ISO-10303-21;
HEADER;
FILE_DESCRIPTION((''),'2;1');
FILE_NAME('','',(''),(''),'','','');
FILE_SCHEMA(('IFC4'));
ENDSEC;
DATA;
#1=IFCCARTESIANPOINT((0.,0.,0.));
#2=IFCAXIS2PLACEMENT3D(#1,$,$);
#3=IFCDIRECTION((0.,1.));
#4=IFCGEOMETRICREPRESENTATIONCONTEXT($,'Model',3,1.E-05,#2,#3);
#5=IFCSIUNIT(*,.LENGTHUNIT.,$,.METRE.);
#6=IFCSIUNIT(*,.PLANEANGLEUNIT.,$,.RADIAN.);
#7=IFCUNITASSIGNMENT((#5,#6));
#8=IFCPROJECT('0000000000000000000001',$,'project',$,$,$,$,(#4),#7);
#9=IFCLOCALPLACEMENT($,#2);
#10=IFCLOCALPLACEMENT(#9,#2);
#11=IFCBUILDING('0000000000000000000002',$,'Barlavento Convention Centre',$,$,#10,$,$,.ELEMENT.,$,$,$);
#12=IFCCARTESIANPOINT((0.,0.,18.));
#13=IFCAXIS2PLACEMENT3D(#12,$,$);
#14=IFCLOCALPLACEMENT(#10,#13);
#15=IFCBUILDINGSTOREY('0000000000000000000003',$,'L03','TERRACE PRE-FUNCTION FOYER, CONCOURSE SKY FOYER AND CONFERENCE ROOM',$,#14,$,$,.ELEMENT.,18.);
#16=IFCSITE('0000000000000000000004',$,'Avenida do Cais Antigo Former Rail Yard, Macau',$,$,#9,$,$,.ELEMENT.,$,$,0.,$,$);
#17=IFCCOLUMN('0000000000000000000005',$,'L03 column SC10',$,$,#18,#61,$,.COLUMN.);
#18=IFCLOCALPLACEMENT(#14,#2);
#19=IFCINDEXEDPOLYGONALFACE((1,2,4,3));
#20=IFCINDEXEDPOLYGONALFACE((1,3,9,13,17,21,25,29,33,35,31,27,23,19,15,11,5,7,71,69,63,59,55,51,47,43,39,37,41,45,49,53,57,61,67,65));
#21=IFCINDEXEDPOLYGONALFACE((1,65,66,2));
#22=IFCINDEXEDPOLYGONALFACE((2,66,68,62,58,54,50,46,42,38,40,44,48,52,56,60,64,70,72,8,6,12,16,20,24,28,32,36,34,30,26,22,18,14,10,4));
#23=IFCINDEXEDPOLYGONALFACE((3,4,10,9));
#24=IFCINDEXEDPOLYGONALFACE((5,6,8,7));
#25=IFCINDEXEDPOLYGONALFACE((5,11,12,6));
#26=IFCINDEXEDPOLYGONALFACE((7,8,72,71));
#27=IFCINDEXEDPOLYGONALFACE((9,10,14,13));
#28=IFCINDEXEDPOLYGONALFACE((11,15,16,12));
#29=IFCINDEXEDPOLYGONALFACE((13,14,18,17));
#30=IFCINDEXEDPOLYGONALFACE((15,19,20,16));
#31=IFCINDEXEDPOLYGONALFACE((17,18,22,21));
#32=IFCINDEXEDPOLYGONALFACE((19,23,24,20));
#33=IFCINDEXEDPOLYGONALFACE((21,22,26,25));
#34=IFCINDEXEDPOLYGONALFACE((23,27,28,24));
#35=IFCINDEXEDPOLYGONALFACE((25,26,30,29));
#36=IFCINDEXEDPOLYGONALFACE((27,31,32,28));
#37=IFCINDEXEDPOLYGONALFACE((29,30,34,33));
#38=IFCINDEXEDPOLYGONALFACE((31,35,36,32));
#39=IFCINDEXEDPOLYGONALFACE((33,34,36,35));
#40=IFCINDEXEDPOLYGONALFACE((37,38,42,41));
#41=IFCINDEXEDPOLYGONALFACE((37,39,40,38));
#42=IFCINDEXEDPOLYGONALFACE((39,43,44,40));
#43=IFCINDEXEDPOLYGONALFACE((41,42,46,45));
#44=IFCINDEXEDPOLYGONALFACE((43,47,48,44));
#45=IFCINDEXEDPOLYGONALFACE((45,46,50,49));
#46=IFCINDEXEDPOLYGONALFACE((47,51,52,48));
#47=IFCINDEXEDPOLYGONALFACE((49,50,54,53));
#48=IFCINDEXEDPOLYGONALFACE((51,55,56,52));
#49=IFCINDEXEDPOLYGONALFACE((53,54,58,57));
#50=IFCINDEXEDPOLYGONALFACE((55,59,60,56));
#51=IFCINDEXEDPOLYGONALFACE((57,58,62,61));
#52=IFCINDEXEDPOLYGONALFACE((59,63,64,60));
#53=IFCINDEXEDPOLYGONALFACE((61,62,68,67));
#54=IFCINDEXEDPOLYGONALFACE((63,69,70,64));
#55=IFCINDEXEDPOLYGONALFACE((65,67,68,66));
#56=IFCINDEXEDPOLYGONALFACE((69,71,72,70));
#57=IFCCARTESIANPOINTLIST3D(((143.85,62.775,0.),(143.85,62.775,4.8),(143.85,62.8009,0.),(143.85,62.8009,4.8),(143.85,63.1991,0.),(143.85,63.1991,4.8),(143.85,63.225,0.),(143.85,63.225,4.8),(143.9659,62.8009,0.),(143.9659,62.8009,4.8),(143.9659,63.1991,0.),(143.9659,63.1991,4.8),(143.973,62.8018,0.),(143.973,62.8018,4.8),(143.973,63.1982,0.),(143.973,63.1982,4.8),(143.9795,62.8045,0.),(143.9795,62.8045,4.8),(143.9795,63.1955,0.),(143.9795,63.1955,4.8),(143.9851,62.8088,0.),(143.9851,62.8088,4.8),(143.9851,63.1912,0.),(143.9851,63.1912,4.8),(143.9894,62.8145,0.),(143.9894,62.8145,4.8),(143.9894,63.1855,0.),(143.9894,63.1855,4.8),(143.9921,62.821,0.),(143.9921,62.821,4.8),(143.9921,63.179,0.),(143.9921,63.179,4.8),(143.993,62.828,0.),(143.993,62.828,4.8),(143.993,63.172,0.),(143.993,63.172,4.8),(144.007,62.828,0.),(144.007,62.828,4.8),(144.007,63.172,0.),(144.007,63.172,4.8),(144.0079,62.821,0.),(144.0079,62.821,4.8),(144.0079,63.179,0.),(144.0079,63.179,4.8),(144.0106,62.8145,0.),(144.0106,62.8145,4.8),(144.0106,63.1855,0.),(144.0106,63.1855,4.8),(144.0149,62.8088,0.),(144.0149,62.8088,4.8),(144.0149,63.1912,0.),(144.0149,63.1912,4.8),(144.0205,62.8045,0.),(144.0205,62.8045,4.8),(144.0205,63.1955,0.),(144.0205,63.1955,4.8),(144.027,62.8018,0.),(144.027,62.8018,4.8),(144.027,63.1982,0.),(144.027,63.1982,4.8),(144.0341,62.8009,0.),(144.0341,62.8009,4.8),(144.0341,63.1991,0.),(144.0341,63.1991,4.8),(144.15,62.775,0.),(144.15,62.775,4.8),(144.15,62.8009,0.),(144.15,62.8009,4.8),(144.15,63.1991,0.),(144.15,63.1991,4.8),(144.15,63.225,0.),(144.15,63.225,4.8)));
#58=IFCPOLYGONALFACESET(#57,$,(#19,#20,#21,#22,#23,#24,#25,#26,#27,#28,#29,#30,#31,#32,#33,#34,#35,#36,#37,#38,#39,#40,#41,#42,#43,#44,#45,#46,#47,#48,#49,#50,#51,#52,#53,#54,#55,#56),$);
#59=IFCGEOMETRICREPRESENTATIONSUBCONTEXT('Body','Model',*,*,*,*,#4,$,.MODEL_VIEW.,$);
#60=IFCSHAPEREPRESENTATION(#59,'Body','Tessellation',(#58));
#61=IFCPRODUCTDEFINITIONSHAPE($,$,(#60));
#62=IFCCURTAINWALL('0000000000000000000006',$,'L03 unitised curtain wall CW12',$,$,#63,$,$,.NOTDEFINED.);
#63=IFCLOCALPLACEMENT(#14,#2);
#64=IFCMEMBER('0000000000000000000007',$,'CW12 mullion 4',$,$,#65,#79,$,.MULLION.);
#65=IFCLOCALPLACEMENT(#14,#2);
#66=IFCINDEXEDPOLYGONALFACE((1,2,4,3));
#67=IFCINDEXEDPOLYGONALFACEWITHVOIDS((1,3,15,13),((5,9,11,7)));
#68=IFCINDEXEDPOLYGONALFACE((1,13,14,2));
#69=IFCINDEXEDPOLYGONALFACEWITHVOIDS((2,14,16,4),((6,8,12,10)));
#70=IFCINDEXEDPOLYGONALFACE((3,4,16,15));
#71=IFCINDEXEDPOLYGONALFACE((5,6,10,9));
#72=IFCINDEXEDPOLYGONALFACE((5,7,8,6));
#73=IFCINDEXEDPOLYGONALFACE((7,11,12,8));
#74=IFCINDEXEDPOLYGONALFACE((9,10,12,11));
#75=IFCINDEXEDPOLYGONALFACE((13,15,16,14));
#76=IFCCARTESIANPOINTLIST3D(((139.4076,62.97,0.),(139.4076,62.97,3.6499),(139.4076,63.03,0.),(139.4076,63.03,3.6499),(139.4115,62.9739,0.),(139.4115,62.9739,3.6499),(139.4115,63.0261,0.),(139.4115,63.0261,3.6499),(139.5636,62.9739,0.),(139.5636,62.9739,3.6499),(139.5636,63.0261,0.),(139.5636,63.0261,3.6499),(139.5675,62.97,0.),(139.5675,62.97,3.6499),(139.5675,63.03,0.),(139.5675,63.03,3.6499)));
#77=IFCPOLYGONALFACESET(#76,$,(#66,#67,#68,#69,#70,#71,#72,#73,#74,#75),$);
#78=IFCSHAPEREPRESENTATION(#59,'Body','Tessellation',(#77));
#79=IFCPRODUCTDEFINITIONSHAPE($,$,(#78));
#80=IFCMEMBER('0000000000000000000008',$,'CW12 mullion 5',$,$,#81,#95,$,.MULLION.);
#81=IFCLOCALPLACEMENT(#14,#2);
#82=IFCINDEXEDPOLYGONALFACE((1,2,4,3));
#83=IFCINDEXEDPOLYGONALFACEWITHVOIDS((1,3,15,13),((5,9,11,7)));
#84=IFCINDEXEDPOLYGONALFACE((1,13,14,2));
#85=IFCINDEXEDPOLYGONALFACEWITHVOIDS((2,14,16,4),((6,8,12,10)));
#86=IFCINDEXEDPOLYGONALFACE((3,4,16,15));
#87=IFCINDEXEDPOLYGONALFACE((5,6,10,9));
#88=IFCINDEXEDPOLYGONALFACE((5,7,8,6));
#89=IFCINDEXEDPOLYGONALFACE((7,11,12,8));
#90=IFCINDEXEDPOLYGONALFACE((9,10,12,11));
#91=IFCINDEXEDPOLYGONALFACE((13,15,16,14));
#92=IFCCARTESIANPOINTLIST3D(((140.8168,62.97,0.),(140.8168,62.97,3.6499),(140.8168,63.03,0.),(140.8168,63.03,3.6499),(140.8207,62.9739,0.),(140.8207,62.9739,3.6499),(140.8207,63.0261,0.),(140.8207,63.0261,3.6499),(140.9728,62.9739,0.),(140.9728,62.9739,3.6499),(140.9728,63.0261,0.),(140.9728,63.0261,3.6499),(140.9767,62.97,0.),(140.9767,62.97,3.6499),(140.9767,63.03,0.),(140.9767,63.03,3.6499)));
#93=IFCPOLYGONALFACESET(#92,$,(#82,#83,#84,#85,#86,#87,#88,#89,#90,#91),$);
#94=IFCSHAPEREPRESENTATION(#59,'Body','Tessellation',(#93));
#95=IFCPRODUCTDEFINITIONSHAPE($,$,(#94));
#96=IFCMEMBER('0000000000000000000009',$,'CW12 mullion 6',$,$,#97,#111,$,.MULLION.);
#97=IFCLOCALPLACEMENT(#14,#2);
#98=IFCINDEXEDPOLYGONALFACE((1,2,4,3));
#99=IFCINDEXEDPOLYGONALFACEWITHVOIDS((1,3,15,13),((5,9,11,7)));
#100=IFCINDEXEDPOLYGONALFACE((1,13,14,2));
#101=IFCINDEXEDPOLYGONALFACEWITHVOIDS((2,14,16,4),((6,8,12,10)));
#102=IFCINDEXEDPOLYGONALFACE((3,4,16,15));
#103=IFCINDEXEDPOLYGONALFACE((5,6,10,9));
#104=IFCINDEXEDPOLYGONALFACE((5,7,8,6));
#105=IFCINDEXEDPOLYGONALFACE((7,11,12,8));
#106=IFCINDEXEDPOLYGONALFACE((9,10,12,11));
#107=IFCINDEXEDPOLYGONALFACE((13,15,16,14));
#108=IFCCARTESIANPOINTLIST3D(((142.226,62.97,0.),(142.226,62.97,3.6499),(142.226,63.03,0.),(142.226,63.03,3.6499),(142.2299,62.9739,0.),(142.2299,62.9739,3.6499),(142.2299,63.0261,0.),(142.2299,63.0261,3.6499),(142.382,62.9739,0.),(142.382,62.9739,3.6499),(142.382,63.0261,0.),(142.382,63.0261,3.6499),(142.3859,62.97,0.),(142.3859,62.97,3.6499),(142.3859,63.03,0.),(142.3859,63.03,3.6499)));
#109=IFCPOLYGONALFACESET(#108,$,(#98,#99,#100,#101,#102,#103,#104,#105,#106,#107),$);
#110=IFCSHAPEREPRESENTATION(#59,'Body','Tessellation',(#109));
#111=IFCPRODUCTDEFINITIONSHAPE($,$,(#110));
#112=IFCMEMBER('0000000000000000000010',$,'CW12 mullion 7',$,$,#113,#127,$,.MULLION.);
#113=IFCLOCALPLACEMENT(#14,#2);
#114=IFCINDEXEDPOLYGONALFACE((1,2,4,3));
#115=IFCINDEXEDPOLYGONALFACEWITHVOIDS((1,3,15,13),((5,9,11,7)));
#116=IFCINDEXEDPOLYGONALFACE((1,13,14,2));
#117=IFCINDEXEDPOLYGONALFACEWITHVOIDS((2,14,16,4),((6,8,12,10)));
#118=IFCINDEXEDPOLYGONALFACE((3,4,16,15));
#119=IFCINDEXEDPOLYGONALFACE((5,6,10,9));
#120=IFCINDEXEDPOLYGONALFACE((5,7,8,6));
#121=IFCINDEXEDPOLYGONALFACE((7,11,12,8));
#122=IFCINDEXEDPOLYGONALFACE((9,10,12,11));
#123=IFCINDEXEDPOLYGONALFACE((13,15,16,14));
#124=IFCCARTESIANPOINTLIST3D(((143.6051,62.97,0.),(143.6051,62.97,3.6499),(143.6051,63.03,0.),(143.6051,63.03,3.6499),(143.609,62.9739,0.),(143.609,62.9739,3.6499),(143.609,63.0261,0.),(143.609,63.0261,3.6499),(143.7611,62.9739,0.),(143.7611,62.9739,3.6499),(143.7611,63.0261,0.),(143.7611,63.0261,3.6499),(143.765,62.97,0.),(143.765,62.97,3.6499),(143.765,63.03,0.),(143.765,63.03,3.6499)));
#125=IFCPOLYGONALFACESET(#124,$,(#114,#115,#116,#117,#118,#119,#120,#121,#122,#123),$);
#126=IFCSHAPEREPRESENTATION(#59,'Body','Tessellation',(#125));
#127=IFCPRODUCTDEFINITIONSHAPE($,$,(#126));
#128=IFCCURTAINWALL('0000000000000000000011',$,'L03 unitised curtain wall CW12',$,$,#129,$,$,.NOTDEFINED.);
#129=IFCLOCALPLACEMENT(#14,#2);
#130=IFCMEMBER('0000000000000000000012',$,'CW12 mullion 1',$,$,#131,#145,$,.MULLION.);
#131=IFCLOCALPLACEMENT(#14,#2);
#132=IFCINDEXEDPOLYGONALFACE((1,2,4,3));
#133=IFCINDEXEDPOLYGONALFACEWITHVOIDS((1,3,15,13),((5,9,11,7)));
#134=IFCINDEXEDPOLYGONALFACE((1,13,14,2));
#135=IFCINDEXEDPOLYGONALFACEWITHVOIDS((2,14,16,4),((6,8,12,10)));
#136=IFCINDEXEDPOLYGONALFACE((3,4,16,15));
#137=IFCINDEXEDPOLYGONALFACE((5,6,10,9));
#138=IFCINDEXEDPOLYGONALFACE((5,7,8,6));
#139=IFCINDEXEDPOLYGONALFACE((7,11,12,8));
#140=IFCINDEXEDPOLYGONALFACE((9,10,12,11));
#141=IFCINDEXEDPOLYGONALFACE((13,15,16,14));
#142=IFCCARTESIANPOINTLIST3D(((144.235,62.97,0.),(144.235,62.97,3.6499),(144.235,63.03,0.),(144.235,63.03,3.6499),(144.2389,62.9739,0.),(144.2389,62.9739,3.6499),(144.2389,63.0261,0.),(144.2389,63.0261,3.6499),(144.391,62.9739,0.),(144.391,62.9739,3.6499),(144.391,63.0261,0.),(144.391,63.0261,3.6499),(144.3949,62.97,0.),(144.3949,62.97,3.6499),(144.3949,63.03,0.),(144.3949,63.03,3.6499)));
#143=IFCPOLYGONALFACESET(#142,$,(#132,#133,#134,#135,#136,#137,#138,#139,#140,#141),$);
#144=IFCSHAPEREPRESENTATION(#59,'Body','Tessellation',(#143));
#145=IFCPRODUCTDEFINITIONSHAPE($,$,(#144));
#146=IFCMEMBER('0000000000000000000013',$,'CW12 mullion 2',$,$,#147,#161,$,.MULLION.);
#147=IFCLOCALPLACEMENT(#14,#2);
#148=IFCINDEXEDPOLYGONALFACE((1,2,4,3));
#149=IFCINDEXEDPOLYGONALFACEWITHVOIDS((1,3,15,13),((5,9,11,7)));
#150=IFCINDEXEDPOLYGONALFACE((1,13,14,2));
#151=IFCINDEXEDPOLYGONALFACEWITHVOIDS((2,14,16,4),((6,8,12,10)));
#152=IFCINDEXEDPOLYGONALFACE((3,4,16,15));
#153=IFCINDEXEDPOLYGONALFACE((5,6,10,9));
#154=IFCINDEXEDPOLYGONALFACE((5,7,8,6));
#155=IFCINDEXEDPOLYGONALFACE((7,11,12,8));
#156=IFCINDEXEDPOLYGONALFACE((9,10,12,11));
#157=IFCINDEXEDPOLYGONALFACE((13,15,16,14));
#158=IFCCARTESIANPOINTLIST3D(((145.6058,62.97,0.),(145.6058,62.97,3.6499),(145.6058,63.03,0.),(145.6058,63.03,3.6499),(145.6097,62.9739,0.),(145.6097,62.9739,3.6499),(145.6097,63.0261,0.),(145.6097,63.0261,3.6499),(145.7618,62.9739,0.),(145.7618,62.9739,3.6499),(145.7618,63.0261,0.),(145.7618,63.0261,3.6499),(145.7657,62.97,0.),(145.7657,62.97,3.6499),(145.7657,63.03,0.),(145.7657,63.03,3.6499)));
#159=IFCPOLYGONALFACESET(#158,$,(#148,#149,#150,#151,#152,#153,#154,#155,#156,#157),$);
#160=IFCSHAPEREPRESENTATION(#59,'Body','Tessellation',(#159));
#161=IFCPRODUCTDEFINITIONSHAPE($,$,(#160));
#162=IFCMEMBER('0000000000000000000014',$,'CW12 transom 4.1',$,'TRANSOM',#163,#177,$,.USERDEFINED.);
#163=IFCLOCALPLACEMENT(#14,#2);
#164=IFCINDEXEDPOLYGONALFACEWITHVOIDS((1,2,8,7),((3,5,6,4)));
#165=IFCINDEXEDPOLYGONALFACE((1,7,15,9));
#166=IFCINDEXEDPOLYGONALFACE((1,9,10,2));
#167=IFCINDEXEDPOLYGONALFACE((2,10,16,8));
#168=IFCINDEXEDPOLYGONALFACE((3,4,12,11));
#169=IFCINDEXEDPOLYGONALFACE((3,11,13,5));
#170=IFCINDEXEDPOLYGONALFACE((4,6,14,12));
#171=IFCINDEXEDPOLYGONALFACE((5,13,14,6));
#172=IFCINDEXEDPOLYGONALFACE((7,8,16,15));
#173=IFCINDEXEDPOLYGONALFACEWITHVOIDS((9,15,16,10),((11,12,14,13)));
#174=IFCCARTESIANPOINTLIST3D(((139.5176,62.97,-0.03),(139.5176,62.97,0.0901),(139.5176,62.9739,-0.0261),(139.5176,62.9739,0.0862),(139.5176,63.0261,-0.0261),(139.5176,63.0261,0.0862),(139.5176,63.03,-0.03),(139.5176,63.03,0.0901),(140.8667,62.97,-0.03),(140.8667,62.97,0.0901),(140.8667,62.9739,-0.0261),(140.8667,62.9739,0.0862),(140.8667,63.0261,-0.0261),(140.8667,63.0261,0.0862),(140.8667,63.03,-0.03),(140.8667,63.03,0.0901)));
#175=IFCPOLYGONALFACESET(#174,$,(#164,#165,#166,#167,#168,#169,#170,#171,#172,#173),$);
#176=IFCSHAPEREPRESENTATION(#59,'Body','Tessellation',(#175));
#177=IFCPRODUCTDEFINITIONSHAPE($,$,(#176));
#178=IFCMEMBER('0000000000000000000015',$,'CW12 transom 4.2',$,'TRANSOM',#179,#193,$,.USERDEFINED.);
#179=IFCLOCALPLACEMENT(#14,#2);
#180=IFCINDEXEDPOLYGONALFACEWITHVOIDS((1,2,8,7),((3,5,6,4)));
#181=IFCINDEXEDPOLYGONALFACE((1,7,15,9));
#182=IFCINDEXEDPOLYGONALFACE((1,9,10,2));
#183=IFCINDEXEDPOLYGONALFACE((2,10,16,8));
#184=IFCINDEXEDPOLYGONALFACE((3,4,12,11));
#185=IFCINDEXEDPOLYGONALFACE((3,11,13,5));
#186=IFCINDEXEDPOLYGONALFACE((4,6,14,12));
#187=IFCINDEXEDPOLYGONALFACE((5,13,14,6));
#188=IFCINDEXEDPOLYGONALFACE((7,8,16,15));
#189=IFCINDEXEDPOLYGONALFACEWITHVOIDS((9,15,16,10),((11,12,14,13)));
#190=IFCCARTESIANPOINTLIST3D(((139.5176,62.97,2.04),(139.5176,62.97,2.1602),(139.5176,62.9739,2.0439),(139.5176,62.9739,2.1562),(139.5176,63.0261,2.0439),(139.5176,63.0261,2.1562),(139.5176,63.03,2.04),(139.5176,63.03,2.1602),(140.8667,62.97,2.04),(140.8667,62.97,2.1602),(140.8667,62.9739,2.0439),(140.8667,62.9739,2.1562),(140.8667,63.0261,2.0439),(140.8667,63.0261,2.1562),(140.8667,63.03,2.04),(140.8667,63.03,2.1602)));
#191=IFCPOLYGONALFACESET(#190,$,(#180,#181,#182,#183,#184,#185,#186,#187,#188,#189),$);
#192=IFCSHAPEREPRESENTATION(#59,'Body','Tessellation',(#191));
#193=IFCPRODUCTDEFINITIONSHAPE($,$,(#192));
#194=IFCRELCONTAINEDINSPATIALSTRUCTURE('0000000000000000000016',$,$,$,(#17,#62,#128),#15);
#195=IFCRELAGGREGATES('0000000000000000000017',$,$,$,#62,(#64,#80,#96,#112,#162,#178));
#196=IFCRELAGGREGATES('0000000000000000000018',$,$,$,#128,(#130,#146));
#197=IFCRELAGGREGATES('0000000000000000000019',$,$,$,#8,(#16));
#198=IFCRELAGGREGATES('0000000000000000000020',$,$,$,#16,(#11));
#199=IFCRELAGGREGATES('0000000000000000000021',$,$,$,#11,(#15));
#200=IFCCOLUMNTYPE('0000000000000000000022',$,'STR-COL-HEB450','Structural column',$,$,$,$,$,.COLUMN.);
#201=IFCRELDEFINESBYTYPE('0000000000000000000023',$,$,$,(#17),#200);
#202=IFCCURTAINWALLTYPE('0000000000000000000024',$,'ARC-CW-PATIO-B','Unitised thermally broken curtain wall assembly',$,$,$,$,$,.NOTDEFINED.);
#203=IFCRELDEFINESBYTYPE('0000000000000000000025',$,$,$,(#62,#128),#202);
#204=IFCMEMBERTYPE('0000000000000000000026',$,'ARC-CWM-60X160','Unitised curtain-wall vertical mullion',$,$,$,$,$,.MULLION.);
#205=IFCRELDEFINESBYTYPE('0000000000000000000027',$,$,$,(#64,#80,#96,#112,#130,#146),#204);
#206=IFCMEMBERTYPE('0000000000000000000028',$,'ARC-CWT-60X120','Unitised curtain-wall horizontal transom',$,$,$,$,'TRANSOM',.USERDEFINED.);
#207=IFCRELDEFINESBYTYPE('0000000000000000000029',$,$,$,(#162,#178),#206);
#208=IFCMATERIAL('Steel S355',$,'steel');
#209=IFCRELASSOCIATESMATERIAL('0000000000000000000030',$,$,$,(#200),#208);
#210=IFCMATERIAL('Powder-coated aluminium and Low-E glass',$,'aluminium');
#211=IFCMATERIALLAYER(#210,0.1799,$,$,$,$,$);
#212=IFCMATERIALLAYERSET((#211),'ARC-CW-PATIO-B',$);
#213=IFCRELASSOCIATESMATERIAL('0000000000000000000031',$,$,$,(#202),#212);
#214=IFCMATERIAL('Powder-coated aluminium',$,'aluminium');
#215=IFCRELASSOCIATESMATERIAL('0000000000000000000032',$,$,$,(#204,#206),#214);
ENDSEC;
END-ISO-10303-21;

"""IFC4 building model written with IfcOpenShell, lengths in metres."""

from ifc_helpers import new_model, si_unit, direction, frame, origin, origin_2d, place, context, subcontext, project, spatial, hollow_rectangle, i_section, extrude, material, layer, layer_set, material_profile, profile_set, type_object, element, aggregate, save


model = new_model("IFC4")

# Units and contexts
model_context = context("Model", 3, precision=1e-05, world=origin(), true_north=direction((0.0, 1.0)))
body_context = subcontext(model_context, "Body", "Model", "MODEL_VIEW")
ifc_project = project(units=[si_unit("LENGTHUNIT", "METRE"), si_unit("PLANEANGLEUNIT", "RADIAN")], contexts=[model_context])

# Site, building, storey
site_placement = place(None, origin())
site = spatial("IfcSite", under=ifc_project, at=site_placement, Name="Avenida do Cais Antigo Former Rail Yard, Macau", CompositionType="ELEMENT", RefElevation=0.0)
building_placement = place(site_placement, origin())
building = spatial("IfcBuilding", under=site, at=building_placement, Name="Barlavento Convention Centre", CompositionType="ELEMENT")
storey_placement = place(building_placement, frame((0.0, 0.0, 18.0)))
storey = spatial("IfcBuildingStorey", under=building, at=storey_placement, Name="L03", Description="TERRACE PRE-FUNCTION FOYER, CONCOURSE SKY FOYER AND CONFERENCE ROOM", CompositionType="ELEMENT", Elevation=18.0)

# Column
ifc_material_1 = material(Name="Steel S355", Category="steel")
ifc_material_profile_1 = material_profile(ifc_material_1, i_section(OverallWidth=0.3, OverallDepth=0.45, WebThickness=0.0139, FlangeThickness=0.0259, FilletRadius=0.0271, at=origin_2d()), Name="HEB 450")
ifc_profile_set_1 = profile_set([ifc_material_profile_1], Name="Steel S355")
column_type = type_object("IfcColumnType", Name="STR-COL-HEB450", Description="Structural column", PredefinedType="COLUMN", material=ifc_profile_set_1)
column_placement = place(storey_placement, frame((144.0, 63.0, 0.0), z_axis=(0.0, 0.0, 1.0), x_axis=(1.0, 0.0, 0.0)))
element("IfcColumn", 1, at=column_placement, inside=storey, type_object=column_type, Name="L03 column SC10", PredefinedType="COLUMN", context=body_context, shape_type="SweptSolid", body=[
    extrude(i_section(OverallWidth=0.3, OverallDepth=0.45, WebThickness=0.0139, FlangeThickness=0.0259, FilletRadius=0.0271, at=origin_2d()), origin(), (0.0, 0.0, 1.0), 4.8),
])

# Curtain walls, members
ifc_material_2 = material(Name="Powder-coated aluminium and Low-E glass", Category="aluminium")
ifc_layer_1 = layer(ifc_material_2, 0.1799)
ifc_layer_set_1 = layer_set([ifc_layer_1], Name="ARC-CW-PATIO-B")
curtain_wall_type = type_object("IfcCurtainWallType", Name="ARC-CW-PATIO-B", Description="Unitised thermally broken curtain wall assembly", PredefinedType="NOTDEFINED", material=ifc_layer_set_1)
curtain_wall_1_placement = place(storey_placement, origin())
curtain_wall_1 = element("IfcCurtainWall", 2, at=curtain_wall_1_placement, inside=storey, type_object=curtain_wall_type, Name="L03 unitised curtain wall CW12", PredefinedType="NOTDEFINED")
ifc_material_3 = material(Name="Powder-coated aluminium", Category="aluminium")
ifc_material_profile_2 = material_profile(ifc_material_3, hollow_rectangle(XDim=0.0601, YDim=0.1599, WallThickness=0.0039, at=origin_2d()), Name="AL-MULL 60x160x4")
ifc_profile_set_2 = profile_set([ifc_material_profile_2], Name="Powder-coated aluminium")
member_type_1 = type_object("IfcMemberType", Name="ARC-CWM-60X160", Description="Unitised curtain-wall vertical mullion", PredefinedType="MULLION", material=ifc_profile_set_2)
member_1_placement = place(storey_placement, frame((139.4875, 63.0, 0.0), z_axis=(0.0, 0.0, 1.0), x_axis=(0.0, 1.0, 0.0)))
member_1 = element("IfcMember", 3, at=member_1_placement, type_object=member_type_1, Name="CW12 mullion 4", PredefinedType="MULLION", context=body_context, shape_type="SweptSolid", body=[
    extrude(hollow_rectangle(XDim=0.0601, YDim=0.1599, WallThickness=0.0039, at=origin_2d()), origin(), (0.0, 0.0, 1.0), 3.6499),
])
member_2_placement = place(storey_placement, frame((140.8967, 63.0, 0.0), z_axis=(0.0, 0.0, 1.0), x_axis=(0.0, 1.0, 0.0)))
member_2 = element("IfcMember", 4, at=member_2_placement, type_object=member_type_1, Name="CW12 mullion 5", PredefinedType="MULLION", context=body_context, shape_type="SweptSolid", body=[
    extrude(hollow_rectangle(XDim=0.0601, YDim=0.1599, WallThickness=0.0039, at=origin_2d()), origin(), (0.0, 0.0, 1.0), 3.6499),
])
member_3_placement = place(storey_placement, frame((142.3059, 63.0, 0.0), z_axis=(0.0, 0.0, 1.0), x_axis=(0.0, 1.0, 0.0)))
member_3 = element("IfcMember", 5, at=member_3_placement, type_object=member_type_1, Name="CW12 mullion 6", PredefinedType="MULLION", context=body_context, shape_type="SweptSolid", body=[
    extrude(hollow_rectangle(XDim=0.0601, YDim=0.1599, WallThickness=0.0039, at=origin_2d()), origin(), (0.0, 0.0, 1.0), 3.6499),
])
member_4_placement = place(storey_placement, frame((143.6851, 63.0, 0.0), z_axis=(0.0, 0.0, 1.0), x_axis=(0.0, 1.0, 0.0)))
member_4 = element("IfcMember", 6, at=member_4_placement, type_object=member_type_1, Name="CW12 mullion 7", PredefinedType="MULLION", context=body_context, shape_type="SweptSolid", body=[
    extrude(hollow_rectangle(XDim=0.0601, YDim=0.1599, WallThickness=0.0039, at=origin_2d()), origin(), (0.0, 0.0, 1.0), 3.6499),
])
curtain_wall_2_placement = place(storey_placement, origin())
curtain_wall_2 = element("IfcCurtainWall", 7, at=curtain_wall_2_placement, inside=storey, type_object=curtain_wall_type, Name="L03 unitised curtain wall CW12", PredefinedType="NOTDEFINED")
member_5_placement = place(storey_placement, frame((144.3149, 63.0, 0.0), z_axis=(0.0, 0.0, 1.0), x_axis=(0.0, 1.0, 0.0)))
member_5 = element("IfcMember", 8, at=member_5_placement, type_object=member_type_1, Name="CW12 mullion 1", PredefinedType="MULLION", context=body_context, shape_type="SweptSolid", body=[
    extrude(hollow_rectangle(XDim=0.0601, YDim=0.1599, WallThickness=0.0039, at=origin_2d()), origin(), (0.0, 0.0, 1.0), 3.6499),
])
member_6_placement = place(storey_placement, frame((145.6858, 63.0, 0.0), z_axis=(0.0, 0.0, 1.0), x_axis=(0.0, 1.0, 0.0)))
member_6 = element("IfcMember", 9, at=member_6_placement, type_object=member_type_1, Name="CW12 mullion 2", PredefinedType="MULLION", context=body_context, shape_type="SweptSolid", body=[
    extrude(hollow_rectangle(XDim=0.0601, YDim=0.1599, WallThickness=0.0039, at=origin_2d()), origin(), (0.0, 0.0, 1.0), 3.6499),
])

# Members
ifc_material_profile_3 = material_profile(ifc_material_3, hollow_rectangle(XDim=0.0601, YDim=0.1201, WallThickness=0.0039, at=origin_2d()), Name="AL-TRAN 60x120x4")
ifc_profile_set_3 = profile_set([ifc_material_profile_3], Name="Powder-coated aluminium")
member_type_2 = type_object("IfcMemberType", Name="ARC-CWT-60X120", Description="Unitised curtain-wall horizontal transom", ElementType="TRANSOM", PredefinedType="USERDEFINED", material=ifc_profile_set_3)
member_7_placement = place(storey_placement, frame((139.5176, 63.0, 0.03), z_axis=(1.0, 0.0, 0.0), x_axis=(0.0, 1.0, 0.0)))
member_7 = element("IfcMember", 10, at=member_7_placement, type_object=member_type_2, Name="CW12 transom 4.1", ObjectType="TRANSOM", PredefinedType="USERDEFINED", context=body_context, shape_type="SweptSolid", body=[
    extrude(hollow_rectangle(XDim=0.0601, YDim=0.1201, WallThickness=0.0039, at=origin_2d()), origin(), (0.0, 0.0, 1.0), 1.3491),
])
member_8_placement = place(storey_placement, frame((139.5176, 63.0, 2.1001), z_axis=(1.0, 0.0, 0.0), x_axis=(0.0, 1.0, 0.0)))
member_8 = element("IfcMember", 11, at=member_8_placement, type_object=member_type_2, Name="CW12 transom 4.2", ObjectType="TRANSOM", PredefinedType="USERDEFINED", context=body_context, shape_type="SweptSolid", body=[
    extrude(hollow_rectangle(XDim=0.0601, YDim=0.1201, WallThickness=0.0039, at=origin_2d()), origin(), (0.0, 0.0, 1.0), 1.3491),
])

aggregate(curtain_wall_1, [member_1, member_2, member_3, member_4, member_7, member_8])
aggregate(curtain_wall_2, [member_5, member_6])

save(model, "model.ifc")
